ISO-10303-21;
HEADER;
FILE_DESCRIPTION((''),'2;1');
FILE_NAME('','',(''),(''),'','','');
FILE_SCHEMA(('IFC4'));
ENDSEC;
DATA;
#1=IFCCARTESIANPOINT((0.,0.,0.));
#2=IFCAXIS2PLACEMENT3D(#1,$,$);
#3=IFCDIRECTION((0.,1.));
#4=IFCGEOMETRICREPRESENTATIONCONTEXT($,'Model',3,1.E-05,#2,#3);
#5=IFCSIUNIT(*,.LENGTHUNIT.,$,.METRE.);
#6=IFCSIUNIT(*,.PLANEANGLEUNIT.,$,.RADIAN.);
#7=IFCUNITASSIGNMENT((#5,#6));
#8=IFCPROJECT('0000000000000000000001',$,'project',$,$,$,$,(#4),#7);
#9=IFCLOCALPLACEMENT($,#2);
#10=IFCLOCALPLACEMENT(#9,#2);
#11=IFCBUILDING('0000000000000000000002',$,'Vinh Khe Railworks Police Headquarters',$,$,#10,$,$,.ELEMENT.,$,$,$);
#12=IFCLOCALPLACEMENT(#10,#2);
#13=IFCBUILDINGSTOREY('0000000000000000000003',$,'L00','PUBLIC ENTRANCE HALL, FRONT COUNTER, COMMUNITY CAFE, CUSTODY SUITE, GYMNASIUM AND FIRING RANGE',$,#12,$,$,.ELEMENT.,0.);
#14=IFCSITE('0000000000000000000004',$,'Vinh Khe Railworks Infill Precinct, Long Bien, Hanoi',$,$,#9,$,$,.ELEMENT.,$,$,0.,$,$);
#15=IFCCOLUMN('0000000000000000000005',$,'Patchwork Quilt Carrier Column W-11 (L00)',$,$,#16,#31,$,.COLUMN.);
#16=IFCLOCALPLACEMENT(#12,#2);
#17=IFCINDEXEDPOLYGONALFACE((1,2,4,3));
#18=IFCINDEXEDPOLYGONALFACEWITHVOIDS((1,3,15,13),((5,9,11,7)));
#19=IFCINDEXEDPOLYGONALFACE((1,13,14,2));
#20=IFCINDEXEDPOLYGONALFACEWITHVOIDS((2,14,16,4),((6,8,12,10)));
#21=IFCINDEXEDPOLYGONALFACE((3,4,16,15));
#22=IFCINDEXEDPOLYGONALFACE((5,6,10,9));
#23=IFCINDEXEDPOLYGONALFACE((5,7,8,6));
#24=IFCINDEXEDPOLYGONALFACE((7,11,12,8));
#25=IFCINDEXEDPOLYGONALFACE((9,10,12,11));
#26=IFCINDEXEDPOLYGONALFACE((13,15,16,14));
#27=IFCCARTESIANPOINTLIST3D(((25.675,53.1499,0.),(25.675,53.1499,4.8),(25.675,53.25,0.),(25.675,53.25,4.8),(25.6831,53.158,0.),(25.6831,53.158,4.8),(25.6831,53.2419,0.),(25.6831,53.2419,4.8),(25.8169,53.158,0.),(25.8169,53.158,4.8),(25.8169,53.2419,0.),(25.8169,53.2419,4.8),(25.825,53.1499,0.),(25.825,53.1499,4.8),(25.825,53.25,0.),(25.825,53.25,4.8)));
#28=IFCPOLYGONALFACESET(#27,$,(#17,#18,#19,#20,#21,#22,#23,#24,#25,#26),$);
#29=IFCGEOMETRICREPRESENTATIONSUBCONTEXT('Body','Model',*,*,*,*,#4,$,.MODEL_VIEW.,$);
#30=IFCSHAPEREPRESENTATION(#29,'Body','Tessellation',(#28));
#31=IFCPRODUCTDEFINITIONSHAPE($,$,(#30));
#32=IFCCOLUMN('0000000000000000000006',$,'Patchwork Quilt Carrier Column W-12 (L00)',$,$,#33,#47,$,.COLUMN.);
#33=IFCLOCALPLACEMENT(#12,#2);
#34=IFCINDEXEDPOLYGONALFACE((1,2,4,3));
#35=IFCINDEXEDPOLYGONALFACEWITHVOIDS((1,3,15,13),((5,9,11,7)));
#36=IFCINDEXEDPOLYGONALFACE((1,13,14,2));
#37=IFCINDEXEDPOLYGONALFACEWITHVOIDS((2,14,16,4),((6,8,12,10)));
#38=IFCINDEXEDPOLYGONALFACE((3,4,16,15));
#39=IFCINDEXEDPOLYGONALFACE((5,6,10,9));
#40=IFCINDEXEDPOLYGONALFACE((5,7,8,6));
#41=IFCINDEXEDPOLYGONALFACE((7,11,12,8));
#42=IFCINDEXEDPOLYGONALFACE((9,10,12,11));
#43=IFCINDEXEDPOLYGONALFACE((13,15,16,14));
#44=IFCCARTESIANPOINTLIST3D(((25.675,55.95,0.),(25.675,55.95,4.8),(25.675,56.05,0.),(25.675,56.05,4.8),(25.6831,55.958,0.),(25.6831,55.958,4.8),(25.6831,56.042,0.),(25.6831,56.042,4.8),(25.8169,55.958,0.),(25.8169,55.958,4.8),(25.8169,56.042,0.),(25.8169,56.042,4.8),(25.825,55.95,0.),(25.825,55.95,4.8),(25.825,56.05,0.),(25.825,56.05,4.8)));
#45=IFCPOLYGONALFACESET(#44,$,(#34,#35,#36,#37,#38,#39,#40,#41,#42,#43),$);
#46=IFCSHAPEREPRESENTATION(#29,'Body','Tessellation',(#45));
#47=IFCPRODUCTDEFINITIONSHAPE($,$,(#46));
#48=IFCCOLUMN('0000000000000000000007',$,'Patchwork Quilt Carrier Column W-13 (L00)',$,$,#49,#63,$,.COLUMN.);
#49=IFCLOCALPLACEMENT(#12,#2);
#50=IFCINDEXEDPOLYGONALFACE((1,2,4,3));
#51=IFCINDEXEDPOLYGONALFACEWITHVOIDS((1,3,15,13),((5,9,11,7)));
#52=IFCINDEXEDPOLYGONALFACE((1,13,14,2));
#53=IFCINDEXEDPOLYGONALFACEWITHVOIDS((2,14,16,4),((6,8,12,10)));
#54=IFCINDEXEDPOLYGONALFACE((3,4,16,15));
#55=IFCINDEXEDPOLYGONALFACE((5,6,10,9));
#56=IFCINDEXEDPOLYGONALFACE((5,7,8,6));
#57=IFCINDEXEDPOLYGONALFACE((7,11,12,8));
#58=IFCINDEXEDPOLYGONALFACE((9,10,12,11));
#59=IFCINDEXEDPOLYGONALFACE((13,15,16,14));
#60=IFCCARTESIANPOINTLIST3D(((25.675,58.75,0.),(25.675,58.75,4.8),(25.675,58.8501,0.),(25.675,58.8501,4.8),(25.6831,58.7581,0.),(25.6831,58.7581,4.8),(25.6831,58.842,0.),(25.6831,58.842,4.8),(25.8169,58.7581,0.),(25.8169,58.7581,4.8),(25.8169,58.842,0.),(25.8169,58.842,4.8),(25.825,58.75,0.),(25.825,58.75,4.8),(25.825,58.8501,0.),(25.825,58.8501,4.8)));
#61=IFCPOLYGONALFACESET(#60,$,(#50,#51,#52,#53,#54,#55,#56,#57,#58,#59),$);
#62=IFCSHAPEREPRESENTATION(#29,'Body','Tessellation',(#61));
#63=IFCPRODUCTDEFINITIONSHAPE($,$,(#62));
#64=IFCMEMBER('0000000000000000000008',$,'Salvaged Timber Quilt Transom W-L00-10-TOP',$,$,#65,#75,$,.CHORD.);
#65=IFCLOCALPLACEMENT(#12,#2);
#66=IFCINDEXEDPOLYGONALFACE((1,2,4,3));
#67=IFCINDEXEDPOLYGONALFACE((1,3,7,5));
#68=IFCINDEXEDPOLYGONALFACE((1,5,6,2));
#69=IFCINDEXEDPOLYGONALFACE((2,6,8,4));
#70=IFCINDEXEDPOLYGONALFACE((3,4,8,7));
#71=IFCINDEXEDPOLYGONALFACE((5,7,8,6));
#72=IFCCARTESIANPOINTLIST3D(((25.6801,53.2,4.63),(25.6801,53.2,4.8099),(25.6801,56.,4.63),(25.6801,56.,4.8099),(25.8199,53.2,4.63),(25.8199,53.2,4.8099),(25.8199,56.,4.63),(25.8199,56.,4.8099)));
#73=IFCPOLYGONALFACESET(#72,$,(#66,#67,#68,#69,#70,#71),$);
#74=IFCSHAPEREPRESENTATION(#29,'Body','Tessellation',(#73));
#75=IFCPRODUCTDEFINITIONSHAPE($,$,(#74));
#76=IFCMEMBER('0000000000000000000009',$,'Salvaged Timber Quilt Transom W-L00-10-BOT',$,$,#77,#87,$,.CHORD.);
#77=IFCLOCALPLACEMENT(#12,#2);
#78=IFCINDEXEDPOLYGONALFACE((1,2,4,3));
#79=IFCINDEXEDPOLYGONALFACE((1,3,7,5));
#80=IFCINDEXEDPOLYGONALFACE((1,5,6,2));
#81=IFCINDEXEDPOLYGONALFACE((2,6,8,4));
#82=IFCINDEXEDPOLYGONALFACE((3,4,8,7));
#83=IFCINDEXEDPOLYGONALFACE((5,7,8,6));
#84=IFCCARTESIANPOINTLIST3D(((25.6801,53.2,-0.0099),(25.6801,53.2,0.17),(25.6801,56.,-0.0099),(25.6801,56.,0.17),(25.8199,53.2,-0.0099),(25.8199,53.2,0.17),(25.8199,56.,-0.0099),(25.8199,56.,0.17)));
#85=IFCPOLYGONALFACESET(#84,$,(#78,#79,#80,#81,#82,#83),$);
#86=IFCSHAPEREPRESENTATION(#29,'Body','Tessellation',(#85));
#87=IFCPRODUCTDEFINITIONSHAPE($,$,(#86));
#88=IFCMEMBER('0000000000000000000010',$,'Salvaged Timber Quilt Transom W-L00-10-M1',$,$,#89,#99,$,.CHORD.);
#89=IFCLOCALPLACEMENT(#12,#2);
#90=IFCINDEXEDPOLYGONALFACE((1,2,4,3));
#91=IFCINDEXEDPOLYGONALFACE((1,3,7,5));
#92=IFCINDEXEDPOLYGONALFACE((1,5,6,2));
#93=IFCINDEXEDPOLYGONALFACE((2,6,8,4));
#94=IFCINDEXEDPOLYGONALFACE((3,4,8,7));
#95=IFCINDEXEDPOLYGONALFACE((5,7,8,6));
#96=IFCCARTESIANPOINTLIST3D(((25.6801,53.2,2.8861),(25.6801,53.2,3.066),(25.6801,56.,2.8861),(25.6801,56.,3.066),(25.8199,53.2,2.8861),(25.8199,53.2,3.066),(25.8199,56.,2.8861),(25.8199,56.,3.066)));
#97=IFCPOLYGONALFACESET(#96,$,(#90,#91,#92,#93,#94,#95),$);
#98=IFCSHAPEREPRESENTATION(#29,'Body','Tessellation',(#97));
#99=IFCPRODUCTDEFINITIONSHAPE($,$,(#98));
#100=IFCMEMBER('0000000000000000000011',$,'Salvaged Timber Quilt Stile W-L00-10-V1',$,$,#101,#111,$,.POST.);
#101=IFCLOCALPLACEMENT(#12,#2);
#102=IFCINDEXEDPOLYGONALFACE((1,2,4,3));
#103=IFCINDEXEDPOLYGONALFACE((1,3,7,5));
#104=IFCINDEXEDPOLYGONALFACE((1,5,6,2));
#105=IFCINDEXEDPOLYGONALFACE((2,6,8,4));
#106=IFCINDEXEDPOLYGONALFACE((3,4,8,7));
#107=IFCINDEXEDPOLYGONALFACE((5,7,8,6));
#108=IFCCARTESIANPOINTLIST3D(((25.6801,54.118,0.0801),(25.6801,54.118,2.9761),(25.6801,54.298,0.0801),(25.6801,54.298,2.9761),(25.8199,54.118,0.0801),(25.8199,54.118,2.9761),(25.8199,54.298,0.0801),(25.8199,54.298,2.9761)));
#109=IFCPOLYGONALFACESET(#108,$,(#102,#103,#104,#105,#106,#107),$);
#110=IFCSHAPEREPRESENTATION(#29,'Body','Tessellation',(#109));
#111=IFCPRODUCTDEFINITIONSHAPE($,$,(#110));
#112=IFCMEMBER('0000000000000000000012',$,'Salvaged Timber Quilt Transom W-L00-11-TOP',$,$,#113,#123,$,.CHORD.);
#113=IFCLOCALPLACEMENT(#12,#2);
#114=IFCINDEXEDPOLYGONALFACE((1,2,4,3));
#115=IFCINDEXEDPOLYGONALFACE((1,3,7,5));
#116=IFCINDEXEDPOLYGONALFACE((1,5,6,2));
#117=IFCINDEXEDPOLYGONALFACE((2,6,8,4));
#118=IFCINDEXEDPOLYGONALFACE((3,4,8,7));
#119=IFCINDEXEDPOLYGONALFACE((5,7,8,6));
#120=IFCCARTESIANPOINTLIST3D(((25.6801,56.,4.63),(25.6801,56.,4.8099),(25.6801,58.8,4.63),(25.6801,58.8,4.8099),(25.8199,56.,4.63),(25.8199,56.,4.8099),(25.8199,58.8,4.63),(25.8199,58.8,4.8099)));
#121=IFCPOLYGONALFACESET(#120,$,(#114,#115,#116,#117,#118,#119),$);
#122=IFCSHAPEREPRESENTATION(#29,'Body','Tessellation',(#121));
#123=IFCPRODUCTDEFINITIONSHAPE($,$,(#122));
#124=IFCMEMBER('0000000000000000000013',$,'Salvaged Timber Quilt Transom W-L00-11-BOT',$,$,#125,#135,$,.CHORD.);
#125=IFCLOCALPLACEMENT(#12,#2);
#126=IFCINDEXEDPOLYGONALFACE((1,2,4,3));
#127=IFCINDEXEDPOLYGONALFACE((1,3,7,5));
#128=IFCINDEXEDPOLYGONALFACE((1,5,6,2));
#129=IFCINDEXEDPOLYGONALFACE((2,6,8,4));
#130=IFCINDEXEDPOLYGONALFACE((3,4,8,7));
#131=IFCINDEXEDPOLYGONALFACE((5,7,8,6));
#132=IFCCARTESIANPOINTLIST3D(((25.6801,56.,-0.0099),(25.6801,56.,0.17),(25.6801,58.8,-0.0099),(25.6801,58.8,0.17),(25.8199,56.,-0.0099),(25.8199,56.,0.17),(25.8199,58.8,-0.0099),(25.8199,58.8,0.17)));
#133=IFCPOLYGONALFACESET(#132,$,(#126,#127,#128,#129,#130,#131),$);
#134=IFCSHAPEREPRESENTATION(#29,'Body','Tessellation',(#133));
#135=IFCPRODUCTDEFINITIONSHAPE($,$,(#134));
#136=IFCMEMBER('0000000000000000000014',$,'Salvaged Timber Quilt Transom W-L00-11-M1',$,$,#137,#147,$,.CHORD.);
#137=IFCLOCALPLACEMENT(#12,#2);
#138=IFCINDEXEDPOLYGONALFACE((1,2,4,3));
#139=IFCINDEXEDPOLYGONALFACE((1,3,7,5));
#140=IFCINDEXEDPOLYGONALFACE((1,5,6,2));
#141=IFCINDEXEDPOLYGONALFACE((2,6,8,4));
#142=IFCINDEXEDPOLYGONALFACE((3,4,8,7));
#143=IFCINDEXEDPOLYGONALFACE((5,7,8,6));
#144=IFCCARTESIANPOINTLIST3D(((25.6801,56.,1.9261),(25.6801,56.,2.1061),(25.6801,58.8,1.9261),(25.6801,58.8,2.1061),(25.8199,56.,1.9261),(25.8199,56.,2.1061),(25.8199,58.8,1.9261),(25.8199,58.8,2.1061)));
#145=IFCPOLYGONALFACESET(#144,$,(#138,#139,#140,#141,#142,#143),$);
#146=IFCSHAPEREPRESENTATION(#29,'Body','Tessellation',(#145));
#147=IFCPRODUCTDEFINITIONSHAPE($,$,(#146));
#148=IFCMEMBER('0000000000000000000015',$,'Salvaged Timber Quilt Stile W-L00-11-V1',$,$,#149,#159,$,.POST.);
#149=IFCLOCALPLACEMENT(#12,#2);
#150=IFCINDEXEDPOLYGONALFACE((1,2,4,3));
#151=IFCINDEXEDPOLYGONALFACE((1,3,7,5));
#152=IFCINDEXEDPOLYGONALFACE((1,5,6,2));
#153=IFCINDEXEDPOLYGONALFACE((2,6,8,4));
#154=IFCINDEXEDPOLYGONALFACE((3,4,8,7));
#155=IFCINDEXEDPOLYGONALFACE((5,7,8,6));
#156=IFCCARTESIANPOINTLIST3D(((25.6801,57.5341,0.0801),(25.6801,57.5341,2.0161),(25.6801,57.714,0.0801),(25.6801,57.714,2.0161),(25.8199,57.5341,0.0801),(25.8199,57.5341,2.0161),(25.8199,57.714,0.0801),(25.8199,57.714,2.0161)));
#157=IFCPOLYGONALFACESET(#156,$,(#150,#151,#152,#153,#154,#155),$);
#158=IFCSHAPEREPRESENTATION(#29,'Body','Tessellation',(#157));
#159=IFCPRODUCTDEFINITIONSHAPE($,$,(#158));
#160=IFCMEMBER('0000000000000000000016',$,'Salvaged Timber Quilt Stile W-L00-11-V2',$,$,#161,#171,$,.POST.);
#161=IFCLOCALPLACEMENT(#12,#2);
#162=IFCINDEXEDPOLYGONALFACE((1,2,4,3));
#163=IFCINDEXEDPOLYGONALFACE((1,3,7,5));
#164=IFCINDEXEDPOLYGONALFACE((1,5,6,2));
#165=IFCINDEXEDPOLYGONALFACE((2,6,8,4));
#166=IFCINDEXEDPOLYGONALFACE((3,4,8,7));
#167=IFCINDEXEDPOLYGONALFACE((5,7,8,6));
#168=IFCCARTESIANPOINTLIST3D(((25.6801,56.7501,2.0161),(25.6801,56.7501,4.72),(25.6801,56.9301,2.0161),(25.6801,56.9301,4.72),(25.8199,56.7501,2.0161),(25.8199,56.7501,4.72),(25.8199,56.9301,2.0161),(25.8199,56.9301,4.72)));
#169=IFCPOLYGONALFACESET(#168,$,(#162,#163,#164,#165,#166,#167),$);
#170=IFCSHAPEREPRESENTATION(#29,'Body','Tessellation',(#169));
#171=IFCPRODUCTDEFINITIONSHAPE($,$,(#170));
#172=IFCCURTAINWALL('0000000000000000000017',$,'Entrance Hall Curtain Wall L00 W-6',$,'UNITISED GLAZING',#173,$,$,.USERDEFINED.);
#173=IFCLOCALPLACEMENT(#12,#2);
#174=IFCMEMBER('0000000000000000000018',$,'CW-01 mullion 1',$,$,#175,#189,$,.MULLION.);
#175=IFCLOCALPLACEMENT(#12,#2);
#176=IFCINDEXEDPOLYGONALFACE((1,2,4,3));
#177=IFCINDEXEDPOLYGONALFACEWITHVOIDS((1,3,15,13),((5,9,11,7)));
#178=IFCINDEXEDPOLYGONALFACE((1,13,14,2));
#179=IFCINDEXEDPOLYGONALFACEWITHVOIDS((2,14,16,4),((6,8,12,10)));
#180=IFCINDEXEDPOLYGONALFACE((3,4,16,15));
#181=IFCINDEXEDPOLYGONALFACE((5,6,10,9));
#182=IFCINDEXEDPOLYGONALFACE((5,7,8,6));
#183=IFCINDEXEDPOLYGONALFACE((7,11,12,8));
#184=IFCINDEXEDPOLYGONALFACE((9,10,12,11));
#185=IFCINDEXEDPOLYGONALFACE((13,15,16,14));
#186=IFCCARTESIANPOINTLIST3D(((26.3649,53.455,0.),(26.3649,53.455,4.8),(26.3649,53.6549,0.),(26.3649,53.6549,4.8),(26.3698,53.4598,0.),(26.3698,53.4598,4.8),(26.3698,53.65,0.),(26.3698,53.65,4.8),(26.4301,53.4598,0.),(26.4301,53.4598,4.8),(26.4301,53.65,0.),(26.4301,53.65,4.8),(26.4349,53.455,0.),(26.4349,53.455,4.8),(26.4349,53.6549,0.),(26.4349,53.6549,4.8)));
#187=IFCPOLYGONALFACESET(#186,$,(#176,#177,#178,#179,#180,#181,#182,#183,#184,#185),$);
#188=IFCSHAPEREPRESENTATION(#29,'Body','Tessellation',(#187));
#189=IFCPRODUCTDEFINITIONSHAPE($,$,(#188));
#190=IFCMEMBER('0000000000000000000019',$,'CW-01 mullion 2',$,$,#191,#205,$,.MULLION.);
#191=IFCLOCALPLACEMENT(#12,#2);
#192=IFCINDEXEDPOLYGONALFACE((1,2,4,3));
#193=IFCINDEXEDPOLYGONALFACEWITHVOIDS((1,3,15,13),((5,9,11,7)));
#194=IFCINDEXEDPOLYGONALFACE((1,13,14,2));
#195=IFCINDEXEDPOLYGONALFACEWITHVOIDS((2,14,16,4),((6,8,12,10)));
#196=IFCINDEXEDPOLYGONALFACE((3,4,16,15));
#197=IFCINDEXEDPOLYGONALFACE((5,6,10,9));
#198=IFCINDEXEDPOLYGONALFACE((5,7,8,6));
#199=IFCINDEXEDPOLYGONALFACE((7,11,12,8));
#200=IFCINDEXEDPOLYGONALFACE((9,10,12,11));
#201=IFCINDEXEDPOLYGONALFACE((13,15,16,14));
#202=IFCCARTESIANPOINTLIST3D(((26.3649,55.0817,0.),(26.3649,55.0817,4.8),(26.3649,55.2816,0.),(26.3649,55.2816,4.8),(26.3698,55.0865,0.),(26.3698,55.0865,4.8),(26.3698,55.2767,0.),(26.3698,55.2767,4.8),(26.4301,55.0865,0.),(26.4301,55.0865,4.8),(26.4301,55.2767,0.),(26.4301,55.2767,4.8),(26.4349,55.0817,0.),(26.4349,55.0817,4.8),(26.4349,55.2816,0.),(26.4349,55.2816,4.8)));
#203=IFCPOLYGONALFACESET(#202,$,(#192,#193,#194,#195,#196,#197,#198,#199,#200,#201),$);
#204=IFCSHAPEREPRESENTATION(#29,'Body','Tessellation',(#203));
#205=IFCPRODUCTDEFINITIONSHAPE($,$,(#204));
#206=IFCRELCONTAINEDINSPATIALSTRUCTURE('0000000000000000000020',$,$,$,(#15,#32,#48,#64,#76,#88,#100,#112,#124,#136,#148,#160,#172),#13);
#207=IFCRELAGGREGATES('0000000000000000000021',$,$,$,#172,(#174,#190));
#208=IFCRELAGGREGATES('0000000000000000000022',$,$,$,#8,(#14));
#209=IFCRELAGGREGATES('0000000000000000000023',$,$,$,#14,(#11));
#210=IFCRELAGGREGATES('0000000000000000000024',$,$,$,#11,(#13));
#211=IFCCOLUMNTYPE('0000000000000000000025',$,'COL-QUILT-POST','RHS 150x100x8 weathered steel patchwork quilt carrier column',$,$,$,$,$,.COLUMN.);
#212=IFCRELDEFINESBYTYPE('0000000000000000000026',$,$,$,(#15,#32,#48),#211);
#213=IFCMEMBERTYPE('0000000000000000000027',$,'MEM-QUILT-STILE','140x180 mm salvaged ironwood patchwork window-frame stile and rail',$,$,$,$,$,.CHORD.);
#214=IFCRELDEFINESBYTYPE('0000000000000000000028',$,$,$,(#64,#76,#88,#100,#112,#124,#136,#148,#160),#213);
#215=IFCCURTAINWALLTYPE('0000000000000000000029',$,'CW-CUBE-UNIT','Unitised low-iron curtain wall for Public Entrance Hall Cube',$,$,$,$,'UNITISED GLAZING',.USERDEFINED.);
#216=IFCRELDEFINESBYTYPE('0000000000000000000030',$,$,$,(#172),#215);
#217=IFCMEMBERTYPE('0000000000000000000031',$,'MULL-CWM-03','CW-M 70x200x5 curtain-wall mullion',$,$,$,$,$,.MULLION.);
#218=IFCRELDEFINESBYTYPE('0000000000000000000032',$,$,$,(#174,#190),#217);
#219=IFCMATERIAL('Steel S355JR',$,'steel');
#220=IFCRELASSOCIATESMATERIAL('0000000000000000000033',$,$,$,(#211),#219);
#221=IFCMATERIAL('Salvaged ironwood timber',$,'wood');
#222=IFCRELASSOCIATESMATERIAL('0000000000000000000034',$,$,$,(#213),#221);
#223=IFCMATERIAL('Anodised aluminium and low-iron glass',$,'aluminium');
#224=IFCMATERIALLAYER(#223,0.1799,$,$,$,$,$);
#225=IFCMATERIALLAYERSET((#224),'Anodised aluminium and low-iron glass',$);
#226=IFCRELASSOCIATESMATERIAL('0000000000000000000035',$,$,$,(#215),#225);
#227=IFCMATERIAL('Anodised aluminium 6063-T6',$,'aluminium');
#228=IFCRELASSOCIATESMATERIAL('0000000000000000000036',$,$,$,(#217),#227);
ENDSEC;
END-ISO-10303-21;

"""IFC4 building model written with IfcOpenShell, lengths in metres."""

from ifc_helpers import new_model, si_unit, direction, frame, origin, origin_2d, place, context, subcontext, project, spatial, rectangle, hollow_rectangle, extrude, material, layer, layer_set, material_profile, profile_set, type_object, element, aggregate, save


model = new_model("IFC4")

# Units and contexts
model_context = context("Model", 3, precision=1e-05, world=origin(), true_north=direction((0.0, 1.0)))
body_context = subcontext(model_context, "Body", "Model", "MODEL_VIEW")
ifc_project = project(units=[si_unit("LENGTHUNIT", "METRE"), si_unit("PLANEANGLEUNIT", "RADIAN")], contexts=[model_context])

# Site, building, storey
site_placement = place(None, origin())
site = spatial("IfcSite", under=ifc_project, at=site_placement, Name="Vinh Khe Railworks Infill Precinct, Long Bien, Hanoi", CompositionType="ELEMENT", RefElevation=0.0)
building_placement = place(site_placement, origin())
building = spatial("IfcBuilding", under=site, at=building_placement, Name="Vinh Khe Railworks Police Headquarters", CompositionType="ELEMENT")
storey_placement = place(building_placement, origin())
storey = spatial("IfcBuildingStorey", under=building, at=storey_placement, Name="L00", Description="PUBLIC ENTRANCE HALL, FRONT COUNTER, COMMUNITY CAFE, CUSTODY SUITE, GYMNASIUM AND FIRING RANGE", CompositionType="ELEMENT", Elevation=0.0)

# Columns
ifc_material_1 = material(Name="Steel S355JR", Category="steel")
ifc_material_profile_1 = material_profile(ifc_material_1, hollow_rectangle(XDim=0.1499, YDim=0.1001, WallThickness=0.0081, at=origin_2d()), Name="RHS 150x100x8")
ifc_profile_set_1 = profile_set([ifc_material_profile_1], Name="Steel S355JR")
column_type = type_object("IfcColumnType", Name="COL-QUILT-POST", Description="RHS 150x100x8 weathered steel patchwork quilt carrier column", PredefinedType="COLUMN", material=ifc_profile_set_1)
for number, where, z_axis, x_axis, name in (
    (1, (25.75, 53.2, 0.0), (0.0, 0.0, 1.0), (1.0, 0.0, 0.0), "Patchwork Quilt Carrier Column W-11 (L00)"),
    (2, (25.75, 56.0, 0.0), (0.0, 0.0, 1.0), (1.0, 0.0, 0.0), "Patchwork Quilt Carrier Column W-12 (L00)"),
    (3, (25.75, 58.8, 0.0), (0.0, 0.0, 1.0), (1.0, 0.0, 0.0), "Patchwork Quilt Carrier Column W-13 (L00)"),
):
    element("IfcColumn", number, at=place(storey_placement, frame(where, z_axis=z_axis, x_axis=x_axis)), inside=storey, type_object=column_type, Name=name, PredefinedType="COLUMN", context=body_context, shape_type="SweptSolid", body=[
        extrude(hollow_rectangle(XDim=0.1499, YDim=0.1001, WallThickness=0.0081, at=origin_2d()), origin(), (0.0, 0.0, 1.0), 4.8),
    ])

# Members
ifc_material_2 = material(Name="Salvaged ironwood timber", Category="wood")
ifc_material_profile_2 = material_profile(ifc_material_2, rectangle(XDim=0.1399, YDim=0.1799, at=origin_2d()), Name="TIMBER 140x180")
ifc_profile_set_2 = profile_set([ifc_material_profile_2], Name="Salvaged ironwood timber")
member_type_1 = type_object("IfcMemberType", Name="MEM-QUILT-STILE", Description="140x180 mm salvaged ironwood patchwork window-frame stile and rail", PredefinedType="CHORD", material=ifc_profile_set_2)
for number, where, z_axis, x_axis, name in (
    (4, (25.75, 53.2, 4.72), (0.0, 1.0, 0.0), (-1.0, 0.0, 0.0), "Salvaged Timber Quilt Transom W-L00-10-TOP"),
    (5, (25.75, 53.2, 0.0801), (0.0, 1.0, 0.0), (-1.0, 0.0, 0.0), "Salvaged Timber Quilt Transom W-L00-10-BOT"),
    (6, (25.75, 53.2, 2.9761), (0.0, 1.0, 0.0), (-1.0, 0.0, 0.0), "Salvaged Timber Quilt Transom W-L00-10-M1"),
):
    element("IfcMember", number, at=place(storey_placement, frame(where, z_axis=z_axis, x_axis=x_axis)), inside=storey, type_object=member_type_1, Name=name, PredefinedType="CHORD", context=body_context, shape_type="SweptSolid", body=[
        extrude(rectangle(XDim=0.1399, YDim=0.1799, at=origin_2d()), origin(), (0.0, 0.0, 1.0), 2.8),
    ])
member_1_placement = place(storey_placement, frame((25.75, 54.208, 0.0801), z_axis=(0.0, 0.0, 1.0), x_axis=(1.0, 0.0, 0.0)))
element("IfcMember", 7, at=member_1_placement, inside=storey, type_object=member_type_1, Name="Salvaged Timber Quilt Stile W-L00-10-V1", PredefinedType="POST", context=body_context, shape_type="SweptSolid", body=[
    extrude(rectangle(XDim=0.1399, YDim=0.1799, at=origin_2d()), origin(), (0.0, 0.0, 1.0), 2.896),
])
for number, where, z_axis, x_axis, name in (
    (8, (25.75, 56.0, 4.72), (0.0, 1.0, 0.0), (-1.0, 0.0, 0.0), "Salvaged Timber Quilt Transom W-L00-11-TOP"),
    (9, (25.75, 56.0, 0.0801), (0.0, 1.0, 0.0), (-1.0, 0.0, 0.0), "Salvaged Timber Quilt Transom W-L00-11-BOT"),
    (10, (25.75, 56.0, 2.0161), (0.0, 1.0, 0.0), (-1.0, 0.0, 0.0), "Salvaged Timber Quilt Transom W-L00-11-M1"),
):
    element("IfcMember", number, at=place(storey_placement, frame(where, z_axis=z_axis, x_axis=x_axis)), inside=storey, type_object=member_type_1, Name=name, PredefinedType="CHORD", context=body_context, shape_type="SweptSolid", body=[
        extrude(rectangle(XDim=0.1399, YDim=0.1799, at=origin_2d()), origin(), (0.0, 0.0, 1.0), 2.8),
    ])
member_2_placement = place(storey_placement, frame((25.75, 57.624, 0.0801), z_axis=(0.0, 0.0, 1.0), x_axis=(1.0, 0.0, 0.0)))
element("IfcMember", 11, at=member_2_placement, inside=storey, type_object=member_type_1, Name="Salvaged Timber Quilt Stile W-L00-11-V1", PredefinedType="POST", context=body_context, shape_type="SweptSolid", body=[
    extrude(rectangle(XDim=0.1399, YDim=0.1799, at=origin_2d()), origin(), (0.0, 0.0, 1.0), 1.936),
])
member_3_placement = place(storey_placement, frame((25.75, 56.8401, 2.0161), z_axis=(0.0, 0.0, 1.0), x_axis=(1.0, 0.0, 0.0)))
element("IfcMember", 12, at=member_3_placement, inside=storey, type_object=member_type_1, Name="Salvaged Timber Quilt Stile W-L00-11-V2", PredefinedType="POST", context=body_context, shape_type="SweptSolid", body=[
    extrude(rectangle(XDim=0.1399, YDim=0.1799, at=origin_2d()), origin(), (0.0, 0.0, 1.0), 2.7039),
])

# Curtain wall, members
ifc_material_3 = material(Name="Anodised aluminium and low-iron glass", Category="aluminium")
ifc_layer_1 = layer(ifc_material_3, 0.1799)
ifc_layer_set_1 = layer_set([ifc_layer_1], Name="Anodised aluminium and low-iron glass")
curtain_wall_type = type_object("IfcCurtainWallType", Name="CW-CUBE-UNIT", Description="Unitised low-iron curtain wall for Public Entrance Hall Cube", ElementType="UNITISED GLAZING", PredefinedType="USERDEFINED", material=ifc_layer_set_1)
curtain_wall_placement = place(storey_placement, origin())
curtain_wall = element("IfcCurtainWall", 13, at=curtain_wall_placement, inside=storey, type_object=curtain_wall_type, Name="Entrance Hall Curtain Wall L00 W-6", ObjectType="UNITISED GLAZING", PredefinedType="USERDEFINED")
ifc_material_4 = material(Name="Anodised aluminium 6063-T6", Category="aluminium")
ifc_material_profile_3 = material_profile(ifc_material_4, hollow_rectangle(XDim=0.0701, YDim=0.2, WallThickness=0.0049, at=origin_2d()), Name="CW-M 70x200x5")
ifc_profile_set_3 = profile_set([ifc_material_profile_3], Name="Anodised aluminium 6063-T6")
member_type_2 = type_object("IfcMemberType", Name="MULL-CWM-03", Description="CW-M 70x200x5 curtain-wall mullion", PredefinedType="MULLION", material=ifc_profile_set_3)
member_4_placement = place(storey_placement, frame((26.3999, 53.5549, 0.0), z_axis=(0.0, 0.0, 1.0), x_axis=(-1.0, 0.0, 0.0)))
member_4 = element("IfcMember", 14, at=member_4_placement, type_object=member_type_2, Name="CW-01 mullion 1", PredefinedType="MULLION", context=body_context, shape_type="SweptSolid", body=[
    extrude(hollow_rectangle(XDim=0.0701, YDim=0.2, WallThickness=0.0049, at=origin_2d()), origin(), (0.0, 0.0, 1.0), 4.8),
])
member_5_placement = place(storey_placement, frame((26.3999, 55.1816, 0.0), z_axis=(0.0, 0.0, 1.0), x_axis=(-1.0, 0.0, 0.0)))
member_5 = element("IfcMember", 15, at=member_5_placement, type_object=member_type_2, Name="CW-01 mullion 2", PredefinedType="MULLION", context=body_context, shape_type="SweptSolid", body=[
    extrude(hollow_rectangle(XDim=0.0701, YDim=0.2, WallThickness=0.0049, at=origin_2d()), origin(), (0.0, 0.0, 1.0), 4.8),
])

aggregate(curtain_wall, [member_4, member_5])

save(model, "model.ifc")
